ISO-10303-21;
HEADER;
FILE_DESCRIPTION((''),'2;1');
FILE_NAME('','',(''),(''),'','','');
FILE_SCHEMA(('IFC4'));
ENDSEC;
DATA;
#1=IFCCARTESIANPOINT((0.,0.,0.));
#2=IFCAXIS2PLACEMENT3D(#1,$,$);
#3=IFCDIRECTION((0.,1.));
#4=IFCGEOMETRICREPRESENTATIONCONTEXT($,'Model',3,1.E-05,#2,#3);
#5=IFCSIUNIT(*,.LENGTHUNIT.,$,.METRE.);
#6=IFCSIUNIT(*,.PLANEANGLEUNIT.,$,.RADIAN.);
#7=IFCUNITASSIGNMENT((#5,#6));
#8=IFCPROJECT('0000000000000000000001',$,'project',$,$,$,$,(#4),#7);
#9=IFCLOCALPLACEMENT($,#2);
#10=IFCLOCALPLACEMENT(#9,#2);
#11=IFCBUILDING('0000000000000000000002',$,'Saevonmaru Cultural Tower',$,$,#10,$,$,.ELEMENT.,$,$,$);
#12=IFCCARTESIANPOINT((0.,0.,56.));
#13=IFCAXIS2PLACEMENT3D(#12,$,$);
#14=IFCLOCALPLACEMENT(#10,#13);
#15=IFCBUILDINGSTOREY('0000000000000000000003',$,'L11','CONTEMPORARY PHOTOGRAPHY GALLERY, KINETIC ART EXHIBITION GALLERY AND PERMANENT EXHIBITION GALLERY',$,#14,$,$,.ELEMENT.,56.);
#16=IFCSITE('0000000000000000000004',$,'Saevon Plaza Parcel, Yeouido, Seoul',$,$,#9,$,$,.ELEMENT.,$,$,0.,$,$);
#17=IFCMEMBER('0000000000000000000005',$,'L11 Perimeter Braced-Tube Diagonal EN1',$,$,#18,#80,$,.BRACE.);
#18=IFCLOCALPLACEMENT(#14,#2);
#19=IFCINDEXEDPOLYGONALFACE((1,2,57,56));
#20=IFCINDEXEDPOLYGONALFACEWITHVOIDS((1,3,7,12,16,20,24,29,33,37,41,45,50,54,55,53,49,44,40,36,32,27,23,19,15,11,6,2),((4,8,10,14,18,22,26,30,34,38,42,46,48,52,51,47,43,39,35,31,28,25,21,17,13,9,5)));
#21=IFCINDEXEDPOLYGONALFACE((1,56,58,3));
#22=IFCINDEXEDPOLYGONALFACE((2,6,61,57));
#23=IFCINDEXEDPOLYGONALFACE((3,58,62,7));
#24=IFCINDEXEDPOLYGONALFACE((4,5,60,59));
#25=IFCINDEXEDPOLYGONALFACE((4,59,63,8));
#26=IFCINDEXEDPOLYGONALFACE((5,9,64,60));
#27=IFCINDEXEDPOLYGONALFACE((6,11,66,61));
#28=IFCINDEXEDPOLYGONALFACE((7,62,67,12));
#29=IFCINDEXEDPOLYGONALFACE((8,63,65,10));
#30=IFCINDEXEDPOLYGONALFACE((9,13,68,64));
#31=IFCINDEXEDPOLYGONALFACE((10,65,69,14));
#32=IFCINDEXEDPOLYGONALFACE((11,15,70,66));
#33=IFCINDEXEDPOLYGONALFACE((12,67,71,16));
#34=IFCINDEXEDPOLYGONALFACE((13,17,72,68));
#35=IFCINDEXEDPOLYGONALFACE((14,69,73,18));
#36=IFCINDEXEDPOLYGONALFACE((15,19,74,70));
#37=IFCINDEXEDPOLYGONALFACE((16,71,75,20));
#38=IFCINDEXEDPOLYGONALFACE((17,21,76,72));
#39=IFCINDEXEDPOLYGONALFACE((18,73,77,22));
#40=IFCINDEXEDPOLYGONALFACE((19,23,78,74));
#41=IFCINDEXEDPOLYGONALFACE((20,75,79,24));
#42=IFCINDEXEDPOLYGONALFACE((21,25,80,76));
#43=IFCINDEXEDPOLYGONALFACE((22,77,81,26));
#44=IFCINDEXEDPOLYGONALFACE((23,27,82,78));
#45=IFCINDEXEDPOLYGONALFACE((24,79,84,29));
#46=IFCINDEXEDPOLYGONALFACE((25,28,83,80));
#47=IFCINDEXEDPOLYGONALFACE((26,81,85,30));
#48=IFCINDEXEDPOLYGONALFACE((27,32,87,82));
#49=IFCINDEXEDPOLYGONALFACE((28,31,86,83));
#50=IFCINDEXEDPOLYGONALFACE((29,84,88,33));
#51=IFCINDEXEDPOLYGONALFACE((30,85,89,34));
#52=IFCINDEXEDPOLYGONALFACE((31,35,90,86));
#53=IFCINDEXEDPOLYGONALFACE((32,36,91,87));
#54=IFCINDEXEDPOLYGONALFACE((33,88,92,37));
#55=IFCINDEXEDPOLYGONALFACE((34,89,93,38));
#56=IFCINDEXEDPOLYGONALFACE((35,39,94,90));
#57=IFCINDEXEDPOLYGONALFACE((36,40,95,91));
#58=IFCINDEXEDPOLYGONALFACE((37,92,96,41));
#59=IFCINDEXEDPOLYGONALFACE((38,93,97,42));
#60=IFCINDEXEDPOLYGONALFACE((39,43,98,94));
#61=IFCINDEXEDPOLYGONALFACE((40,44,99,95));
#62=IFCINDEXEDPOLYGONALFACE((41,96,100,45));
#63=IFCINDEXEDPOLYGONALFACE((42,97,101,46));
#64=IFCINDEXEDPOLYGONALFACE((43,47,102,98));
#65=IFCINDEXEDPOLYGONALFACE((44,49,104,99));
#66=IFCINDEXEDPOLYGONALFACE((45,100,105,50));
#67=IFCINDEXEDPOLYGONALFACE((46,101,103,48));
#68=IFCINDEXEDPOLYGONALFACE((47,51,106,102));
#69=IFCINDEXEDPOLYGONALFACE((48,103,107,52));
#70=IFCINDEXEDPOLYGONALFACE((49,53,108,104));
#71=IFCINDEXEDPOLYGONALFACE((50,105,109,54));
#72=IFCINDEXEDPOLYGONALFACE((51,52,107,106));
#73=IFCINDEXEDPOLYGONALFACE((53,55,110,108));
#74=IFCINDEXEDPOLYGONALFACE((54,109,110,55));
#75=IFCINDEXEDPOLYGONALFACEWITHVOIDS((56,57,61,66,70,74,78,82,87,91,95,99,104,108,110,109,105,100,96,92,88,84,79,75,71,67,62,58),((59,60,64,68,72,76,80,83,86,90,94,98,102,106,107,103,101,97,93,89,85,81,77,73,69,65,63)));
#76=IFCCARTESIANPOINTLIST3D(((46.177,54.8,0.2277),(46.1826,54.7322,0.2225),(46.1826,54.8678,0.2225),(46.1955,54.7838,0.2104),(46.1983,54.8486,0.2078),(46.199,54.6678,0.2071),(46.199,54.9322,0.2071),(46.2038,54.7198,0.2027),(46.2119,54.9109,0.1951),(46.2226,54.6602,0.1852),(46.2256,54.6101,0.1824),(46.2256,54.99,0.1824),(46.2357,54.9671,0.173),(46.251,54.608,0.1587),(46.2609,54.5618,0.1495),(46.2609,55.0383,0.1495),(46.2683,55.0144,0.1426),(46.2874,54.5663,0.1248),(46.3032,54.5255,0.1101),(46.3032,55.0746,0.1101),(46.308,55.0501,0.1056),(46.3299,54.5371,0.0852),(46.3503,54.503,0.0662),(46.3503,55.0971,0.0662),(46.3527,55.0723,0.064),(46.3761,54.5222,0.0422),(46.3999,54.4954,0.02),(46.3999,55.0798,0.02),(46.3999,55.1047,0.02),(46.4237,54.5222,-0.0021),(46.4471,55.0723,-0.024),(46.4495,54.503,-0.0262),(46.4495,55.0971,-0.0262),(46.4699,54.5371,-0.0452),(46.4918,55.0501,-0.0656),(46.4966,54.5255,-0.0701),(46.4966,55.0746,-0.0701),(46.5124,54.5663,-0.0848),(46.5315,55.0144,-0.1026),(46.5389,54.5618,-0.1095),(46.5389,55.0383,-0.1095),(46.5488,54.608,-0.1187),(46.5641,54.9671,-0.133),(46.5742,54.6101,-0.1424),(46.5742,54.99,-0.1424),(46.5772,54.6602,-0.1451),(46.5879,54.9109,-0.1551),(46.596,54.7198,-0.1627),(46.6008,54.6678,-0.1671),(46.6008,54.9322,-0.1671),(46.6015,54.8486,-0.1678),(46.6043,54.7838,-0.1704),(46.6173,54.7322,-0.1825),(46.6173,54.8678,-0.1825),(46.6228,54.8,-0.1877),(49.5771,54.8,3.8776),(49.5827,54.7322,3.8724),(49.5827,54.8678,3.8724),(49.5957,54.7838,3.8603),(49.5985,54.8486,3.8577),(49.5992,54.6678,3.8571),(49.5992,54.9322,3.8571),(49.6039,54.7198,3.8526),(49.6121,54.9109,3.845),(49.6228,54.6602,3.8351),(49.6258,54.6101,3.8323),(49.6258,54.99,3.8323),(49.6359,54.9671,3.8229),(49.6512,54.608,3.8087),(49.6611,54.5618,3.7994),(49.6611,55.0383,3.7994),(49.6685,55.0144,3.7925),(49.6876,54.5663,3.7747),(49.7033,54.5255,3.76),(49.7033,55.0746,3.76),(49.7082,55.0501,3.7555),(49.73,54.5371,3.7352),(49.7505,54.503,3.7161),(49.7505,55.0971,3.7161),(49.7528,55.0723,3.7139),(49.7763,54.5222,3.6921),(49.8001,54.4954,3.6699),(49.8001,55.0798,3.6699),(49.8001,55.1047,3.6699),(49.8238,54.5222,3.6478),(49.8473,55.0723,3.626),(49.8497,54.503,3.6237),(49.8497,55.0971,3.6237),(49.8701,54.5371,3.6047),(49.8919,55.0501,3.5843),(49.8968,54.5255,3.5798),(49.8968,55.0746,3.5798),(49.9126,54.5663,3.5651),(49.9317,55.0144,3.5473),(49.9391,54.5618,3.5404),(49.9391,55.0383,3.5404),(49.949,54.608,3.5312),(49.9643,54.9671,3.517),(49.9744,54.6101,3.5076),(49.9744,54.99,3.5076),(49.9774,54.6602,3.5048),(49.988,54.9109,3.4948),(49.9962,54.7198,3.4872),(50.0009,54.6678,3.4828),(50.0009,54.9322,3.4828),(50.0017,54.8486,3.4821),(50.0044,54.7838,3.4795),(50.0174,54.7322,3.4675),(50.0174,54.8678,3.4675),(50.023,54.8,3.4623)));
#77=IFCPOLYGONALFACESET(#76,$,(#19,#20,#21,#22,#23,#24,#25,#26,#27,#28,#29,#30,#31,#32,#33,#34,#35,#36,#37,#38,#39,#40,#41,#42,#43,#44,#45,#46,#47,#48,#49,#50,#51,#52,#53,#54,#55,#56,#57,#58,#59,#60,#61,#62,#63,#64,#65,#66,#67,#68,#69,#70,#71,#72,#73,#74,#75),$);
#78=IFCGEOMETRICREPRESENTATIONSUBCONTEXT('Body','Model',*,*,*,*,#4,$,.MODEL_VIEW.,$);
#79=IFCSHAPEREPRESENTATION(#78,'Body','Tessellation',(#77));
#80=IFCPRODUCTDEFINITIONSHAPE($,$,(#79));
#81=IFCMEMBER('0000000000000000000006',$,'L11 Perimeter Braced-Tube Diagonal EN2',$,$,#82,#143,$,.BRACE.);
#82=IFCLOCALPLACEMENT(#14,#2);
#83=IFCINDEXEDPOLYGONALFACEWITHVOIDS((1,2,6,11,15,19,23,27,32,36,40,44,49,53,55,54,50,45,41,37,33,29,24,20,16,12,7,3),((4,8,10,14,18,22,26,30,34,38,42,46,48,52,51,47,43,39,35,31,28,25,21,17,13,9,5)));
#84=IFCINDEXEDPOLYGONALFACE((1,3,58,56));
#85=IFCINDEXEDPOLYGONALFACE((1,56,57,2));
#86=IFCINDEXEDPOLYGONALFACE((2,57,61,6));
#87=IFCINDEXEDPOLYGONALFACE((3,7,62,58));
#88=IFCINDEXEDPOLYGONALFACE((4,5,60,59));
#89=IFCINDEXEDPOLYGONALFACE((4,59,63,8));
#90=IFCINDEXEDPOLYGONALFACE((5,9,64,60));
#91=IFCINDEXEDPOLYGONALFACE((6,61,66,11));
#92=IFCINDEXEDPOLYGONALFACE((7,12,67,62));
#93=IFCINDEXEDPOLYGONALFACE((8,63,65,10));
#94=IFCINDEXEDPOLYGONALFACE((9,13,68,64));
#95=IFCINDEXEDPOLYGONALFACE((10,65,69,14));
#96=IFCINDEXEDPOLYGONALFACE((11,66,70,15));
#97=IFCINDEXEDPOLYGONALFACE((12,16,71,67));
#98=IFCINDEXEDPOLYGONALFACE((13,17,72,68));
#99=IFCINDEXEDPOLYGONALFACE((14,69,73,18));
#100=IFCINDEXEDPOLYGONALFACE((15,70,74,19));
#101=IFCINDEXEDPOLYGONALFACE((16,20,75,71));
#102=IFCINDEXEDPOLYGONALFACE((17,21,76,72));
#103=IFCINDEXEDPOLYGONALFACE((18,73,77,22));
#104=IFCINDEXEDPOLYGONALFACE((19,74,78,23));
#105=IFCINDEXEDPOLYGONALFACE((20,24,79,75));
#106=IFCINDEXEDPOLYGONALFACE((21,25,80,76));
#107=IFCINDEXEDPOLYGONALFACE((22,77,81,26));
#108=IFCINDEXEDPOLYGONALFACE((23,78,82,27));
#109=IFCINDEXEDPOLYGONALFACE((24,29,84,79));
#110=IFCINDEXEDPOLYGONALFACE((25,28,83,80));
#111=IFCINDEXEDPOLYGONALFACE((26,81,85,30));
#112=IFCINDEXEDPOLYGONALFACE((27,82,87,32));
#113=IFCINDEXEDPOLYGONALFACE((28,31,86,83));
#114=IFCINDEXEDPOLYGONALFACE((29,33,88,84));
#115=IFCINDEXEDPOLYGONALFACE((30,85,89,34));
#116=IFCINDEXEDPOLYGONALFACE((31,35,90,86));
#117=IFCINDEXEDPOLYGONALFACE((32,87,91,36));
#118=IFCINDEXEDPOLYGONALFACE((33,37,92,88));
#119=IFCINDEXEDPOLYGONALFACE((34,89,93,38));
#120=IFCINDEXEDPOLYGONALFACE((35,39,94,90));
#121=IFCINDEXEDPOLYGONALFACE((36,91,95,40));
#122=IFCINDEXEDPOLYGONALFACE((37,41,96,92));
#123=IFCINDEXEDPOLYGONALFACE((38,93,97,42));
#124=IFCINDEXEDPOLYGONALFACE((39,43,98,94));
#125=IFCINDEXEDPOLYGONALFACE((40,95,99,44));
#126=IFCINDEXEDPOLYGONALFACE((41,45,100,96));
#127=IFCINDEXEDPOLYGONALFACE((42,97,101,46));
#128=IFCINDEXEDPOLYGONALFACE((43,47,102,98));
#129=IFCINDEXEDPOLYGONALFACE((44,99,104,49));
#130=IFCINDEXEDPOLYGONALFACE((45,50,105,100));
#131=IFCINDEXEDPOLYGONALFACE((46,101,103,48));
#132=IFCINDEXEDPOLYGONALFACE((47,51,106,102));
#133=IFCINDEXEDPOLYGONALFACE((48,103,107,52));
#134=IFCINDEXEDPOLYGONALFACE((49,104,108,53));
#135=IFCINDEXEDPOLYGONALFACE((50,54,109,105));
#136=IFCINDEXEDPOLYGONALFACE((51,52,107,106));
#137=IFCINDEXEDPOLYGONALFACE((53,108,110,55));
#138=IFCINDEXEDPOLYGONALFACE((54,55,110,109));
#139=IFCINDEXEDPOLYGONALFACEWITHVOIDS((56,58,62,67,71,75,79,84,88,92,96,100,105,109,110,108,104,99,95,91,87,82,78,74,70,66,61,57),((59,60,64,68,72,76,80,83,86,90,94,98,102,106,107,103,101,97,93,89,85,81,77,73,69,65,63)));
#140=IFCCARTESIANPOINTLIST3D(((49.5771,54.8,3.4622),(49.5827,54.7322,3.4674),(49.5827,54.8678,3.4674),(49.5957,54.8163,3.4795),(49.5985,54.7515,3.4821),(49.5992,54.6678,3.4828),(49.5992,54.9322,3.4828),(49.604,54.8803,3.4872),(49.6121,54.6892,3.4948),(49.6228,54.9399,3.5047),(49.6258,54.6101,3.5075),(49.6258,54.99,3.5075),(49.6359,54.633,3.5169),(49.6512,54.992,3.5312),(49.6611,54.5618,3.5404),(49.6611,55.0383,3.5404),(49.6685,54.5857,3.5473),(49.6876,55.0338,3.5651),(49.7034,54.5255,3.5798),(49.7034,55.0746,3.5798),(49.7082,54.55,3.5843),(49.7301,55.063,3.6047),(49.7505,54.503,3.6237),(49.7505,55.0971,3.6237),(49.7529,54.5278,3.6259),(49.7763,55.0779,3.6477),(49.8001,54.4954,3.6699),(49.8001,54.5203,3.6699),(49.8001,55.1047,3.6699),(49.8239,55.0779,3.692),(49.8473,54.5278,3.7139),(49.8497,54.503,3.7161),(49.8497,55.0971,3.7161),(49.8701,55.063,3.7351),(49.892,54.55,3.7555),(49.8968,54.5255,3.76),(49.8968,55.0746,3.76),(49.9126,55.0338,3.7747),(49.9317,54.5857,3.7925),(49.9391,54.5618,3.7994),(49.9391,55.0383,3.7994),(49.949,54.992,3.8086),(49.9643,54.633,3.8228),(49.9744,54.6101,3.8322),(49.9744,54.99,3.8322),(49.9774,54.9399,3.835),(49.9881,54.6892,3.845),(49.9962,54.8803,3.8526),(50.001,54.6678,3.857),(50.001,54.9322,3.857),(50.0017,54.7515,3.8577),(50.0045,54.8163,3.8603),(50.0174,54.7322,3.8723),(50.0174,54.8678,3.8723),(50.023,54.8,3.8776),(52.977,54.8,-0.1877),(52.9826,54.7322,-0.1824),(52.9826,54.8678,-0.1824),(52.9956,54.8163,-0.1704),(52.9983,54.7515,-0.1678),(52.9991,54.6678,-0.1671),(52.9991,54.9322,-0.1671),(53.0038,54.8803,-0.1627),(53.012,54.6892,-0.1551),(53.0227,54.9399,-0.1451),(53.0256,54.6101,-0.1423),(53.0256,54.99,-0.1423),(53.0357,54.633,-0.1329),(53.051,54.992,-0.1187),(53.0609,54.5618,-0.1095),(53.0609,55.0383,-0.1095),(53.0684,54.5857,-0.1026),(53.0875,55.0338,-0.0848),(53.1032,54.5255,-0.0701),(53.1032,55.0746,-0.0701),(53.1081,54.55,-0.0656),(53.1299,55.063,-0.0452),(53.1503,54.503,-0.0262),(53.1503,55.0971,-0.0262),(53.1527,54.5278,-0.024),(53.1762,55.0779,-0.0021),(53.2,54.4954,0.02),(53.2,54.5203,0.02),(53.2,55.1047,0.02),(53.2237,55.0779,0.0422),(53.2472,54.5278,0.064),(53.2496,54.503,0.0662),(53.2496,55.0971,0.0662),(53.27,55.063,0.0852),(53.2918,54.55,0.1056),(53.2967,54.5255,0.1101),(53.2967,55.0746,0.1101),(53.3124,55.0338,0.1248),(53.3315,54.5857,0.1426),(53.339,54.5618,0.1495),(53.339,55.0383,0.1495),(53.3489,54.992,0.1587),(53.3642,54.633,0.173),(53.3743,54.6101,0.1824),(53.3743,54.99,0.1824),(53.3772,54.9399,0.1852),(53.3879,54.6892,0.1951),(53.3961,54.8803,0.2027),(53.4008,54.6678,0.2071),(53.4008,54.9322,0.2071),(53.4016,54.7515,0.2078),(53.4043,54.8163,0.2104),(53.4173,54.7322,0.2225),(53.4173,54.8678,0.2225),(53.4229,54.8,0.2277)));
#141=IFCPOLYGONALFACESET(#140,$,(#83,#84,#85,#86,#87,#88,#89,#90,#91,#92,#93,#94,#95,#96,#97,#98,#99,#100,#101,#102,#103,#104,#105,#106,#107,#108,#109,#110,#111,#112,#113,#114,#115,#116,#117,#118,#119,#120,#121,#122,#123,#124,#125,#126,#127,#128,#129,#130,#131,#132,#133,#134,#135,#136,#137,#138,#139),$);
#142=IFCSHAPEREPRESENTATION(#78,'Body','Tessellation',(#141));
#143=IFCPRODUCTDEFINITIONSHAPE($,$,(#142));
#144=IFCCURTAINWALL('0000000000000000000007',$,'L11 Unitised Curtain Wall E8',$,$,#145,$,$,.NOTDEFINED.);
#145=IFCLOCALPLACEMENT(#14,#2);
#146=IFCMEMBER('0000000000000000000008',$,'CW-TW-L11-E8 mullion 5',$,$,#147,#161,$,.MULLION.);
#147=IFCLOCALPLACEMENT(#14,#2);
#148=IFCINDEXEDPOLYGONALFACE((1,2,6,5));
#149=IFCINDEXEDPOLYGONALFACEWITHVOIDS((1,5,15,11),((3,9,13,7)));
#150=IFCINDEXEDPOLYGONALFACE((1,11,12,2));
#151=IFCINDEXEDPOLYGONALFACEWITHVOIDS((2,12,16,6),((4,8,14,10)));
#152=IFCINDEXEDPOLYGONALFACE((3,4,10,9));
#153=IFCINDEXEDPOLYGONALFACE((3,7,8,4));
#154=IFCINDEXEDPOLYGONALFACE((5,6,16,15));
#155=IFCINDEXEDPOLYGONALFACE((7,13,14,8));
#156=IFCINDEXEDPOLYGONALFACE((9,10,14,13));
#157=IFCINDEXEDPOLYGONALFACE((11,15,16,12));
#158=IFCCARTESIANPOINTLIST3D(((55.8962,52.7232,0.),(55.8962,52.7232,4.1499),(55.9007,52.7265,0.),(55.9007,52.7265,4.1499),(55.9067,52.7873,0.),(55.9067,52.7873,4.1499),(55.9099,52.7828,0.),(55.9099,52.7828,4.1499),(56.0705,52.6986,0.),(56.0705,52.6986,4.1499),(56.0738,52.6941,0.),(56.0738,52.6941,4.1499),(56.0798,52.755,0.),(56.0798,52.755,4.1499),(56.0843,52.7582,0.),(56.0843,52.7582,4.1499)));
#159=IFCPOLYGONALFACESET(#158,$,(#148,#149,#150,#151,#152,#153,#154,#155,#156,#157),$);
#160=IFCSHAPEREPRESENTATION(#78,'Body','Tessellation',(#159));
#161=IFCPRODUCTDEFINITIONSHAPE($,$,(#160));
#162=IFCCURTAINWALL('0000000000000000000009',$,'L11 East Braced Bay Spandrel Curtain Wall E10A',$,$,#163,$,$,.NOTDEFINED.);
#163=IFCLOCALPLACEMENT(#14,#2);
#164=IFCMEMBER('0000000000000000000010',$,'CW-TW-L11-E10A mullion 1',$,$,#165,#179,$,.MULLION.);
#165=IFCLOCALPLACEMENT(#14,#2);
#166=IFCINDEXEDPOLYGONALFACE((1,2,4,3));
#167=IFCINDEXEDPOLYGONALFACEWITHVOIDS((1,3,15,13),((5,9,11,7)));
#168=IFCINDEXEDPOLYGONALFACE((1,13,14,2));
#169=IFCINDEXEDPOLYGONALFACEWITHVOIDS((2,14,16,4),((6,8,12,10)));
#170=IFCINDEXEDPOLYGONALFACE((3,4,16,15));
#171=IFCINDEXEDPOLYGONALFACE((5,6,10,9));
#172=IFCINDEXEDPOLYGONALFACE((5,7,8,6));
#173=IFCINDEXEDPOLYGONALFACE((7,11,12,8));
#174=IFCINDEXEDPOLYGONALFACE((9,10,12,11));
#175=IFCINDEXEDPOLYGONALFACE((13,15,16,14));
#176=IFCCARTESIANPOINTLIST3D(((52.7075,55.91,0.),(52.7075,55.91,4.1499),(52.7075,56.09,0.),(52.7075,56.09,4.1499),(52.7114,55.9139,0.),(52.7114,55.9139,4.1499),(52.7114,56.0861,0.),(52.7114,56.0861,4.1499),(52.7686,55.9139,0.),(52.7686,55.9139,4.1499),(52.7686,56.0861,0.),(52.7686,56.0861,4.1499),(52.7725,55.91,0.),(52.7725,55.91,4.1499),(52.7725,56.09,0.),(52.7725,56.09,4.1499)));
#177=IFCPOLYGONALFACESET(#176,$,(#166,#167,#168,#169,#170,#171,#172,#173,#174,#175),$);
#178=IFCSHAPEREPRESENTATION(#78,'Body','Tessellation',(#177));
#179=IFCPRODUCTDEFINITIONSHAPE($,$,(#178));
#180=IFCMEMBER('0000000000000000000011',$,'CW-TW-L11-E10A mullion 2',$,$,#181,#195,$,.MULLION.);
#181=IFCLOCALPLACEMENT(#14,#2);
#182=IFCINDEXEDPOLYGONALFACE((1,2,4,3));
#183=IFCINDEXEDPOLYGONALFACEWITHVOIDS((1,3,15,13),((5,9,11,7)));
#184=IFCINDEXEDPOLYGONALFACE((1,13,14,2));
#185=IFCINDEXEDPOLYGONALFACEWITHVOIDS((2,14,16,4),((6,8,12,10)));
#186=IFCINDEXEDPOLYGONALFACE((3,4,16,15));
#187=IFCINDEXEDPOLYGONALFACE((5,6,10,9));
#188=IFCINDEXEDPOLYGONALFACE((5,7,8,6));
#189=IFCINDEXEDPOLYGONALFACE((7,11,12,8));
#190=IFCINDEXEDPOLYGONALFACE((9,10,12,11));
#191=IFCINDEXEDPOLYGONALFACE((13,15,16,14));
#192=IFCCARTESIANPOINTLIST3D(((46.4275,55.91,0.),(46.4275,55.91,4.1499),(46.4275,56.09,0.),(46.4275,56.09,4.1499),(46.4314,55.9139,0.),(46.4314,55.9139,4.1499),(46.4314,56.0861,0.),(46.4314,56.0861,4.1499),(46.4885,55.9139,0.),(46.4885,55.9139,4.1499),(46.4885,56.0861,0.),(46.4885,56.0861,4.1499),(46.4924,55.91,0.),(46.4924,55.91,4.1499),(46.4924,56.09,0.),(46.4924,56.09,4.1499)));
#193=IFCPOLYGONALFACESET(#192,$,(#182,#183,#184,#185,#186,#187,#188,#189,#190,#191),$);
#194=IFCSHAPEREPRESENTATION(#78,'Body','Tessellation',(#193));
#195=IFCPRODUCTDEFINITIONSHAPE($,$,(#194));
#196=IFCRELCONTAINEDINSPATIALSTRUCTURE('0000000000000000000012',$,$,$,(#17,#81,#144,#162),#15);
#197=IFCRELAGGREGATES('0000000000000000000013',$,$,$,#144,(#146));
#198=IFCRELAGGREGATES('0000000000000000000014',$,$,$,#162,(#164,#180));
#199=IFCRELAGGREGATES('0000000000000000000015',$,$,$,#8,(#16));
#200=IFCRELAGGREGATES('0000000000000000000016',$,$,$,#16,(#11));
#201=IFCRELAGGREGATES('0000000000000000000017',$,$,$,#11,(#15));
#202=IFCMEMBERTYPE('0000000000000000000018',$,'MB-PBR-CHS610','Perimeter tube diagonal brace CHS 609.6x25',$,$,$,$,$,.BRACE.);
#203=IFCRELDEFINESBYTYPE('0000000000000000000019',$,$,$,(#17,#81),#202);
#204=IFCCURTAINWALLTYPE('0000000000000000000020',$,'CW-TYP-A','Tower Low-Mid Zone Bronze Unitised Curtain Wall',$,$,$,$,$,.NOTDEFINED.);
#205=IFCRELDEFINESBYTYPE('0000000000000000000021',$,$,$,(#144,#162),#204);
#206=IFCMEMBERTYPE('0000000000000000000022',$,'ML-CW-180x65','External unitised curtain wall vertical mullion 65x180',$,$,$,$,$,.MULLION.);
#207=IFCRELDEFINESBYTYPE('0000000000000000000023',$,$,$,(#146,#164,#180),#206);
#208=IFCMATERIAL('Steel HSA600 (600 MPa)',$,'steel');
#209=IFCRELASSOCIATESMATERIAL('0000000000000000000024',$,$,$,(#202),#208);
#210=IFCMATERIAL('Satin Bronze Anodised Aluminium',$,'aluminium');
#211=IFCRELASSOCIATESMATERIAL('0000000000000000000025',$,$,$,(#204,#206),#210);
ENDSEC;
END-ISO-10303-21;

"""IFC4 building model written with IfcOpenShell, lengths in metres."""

from ifc_helpers import new_model, si_unit, direction, frame, origin, origin_2d, place, context, subcontext, project, spatial, hollow_rectangle, hollow_circle, extrude, material, material_profile, profile_set, type_object, element, aggregate, save


model = new_model("IFC4")

# Units and contexts
model_context = context("Model", 3, precision=1e-05, world=origin(), true_north=direction((0.0, 1.0)))
body_context = subcontext(model_context, "Body", "Model", "MODEL_VIEW")
ifc_project = project(units=[si_unit("LENGTHUNIT", "METRE"), si_unit("PLANEANGLEUNIT", "RADIAN")], contexts=[model_context])

# Site, building, storey
site_placement = place(None, origin())
site = spatial("IfcSite", under=ifc_project, at=site_placement, Name="Saevon Plaza Parcel, Yeouido, Seoul", CompositionType="ELEMENT", RefElevation=0.0)
building_placement = place(site_placement, origin())
building = spatial("IfcBuilding", under=site, at=building_placement, Name="Saevonmaru Cultural Tower", CompositionType="ELEMENT")
storey_placement = place(building_placement, frame((0.0, 0.0, 56.0)))
storey = spatial("IfcBuildingStorey", under=building, at=storey_placement, Name="L11", Description="CONTEMPORARY PHOTOGRAPHY GALLERY, KINETIC ART EXHIBITION GALLERY AND PERMANENT EXHIBITION GALLERY", CompositionType="ELEMENT", Elevation=56.0)

# Shared definitions
ifc_material_1 = material(Name="Steel HSA600 (600 MPa)", Category="steel")

# Members
ifc_material_profile_1 = material_profile(ifc_material_1, hollow_circle(Radius=0.3047, WallThickness=0.0249, at=origin_2d()), Name="CHS-609.6x25")
ifc_profile_set_1 = profile_set([ifc_material_profile_1], Name="Steel HSA600 (600 MPa)")
member_type_1 = type_object("IfcMemberType", Name="MB-PBR-CHS610", Description="Perimeter tube diagonal brace CHS 609.6x25", PredefinedType="BRACE", material=ifc_profile_set_1)
member_1_placement = place(storey_placement, frame((46.3999, 54.8, 0.02), z_axis=(0.681629, 0.0, 0.731698), x_axis=(0.0, 1.0, 0.0)))
element("IfcMember", 1, at=member_1_placement, inside=storey, type_object=member_type_1, Name="L11 Perimeter Braced-Tube Diagonal EN1", PredefinedType="BRACE", context=body_context, shape_type="SweptSolid", body=[
    extrude(hollow_circle(Radius=0.3047, WallThickness=0.0249, at=origin_2d()), origin(), (0.0, 0.0, 1.0), 4.9883),
])
member_2_placement = place(storey_placement, frame((53.2, 54.8, 0.02), z_axis=(-0.681603, 0.0, 0.731722), x_axis=(0.0, -1.0, 0.0)))
element("IfcMember", 2, at=member_2_placement, inside=storey, type_object=member_type_1, Name="L11 Perimeter Braced-Tube Diagonal EN2", PredefinedType="BRACE", context=body_context, shape_type="SweptSolid", body=[
    extrude(hollow_circle(Radius=0.3047, WallThickness=0.0249, at=origin_2d()), origin(), (0.0, 0.0, 1.0), 4.988),
])

# Curtain wall, member
ifc_material_2 = material(Name="Satin Bronze Anodised Aluminium", Category="aluminium")
curtain_wall_type = type_object("IfcCurtainWallType", Name="CW-TYP-A", Description="Tower Low-Mid Zone Bronze Unitised Curtain Wall", PredefinedType="NOTDEFINED", material=ifc_material_2)
curtain_wall_1_placement = place(storey_placement, origin())
curtain_wall_1 = element("IfcCurtainWall", 3, at=curtain_wall_1_placement, inside=storey, type_object=curtain_wall_type, Name="L11 Unitised Curtain Wall E8", PredefinedType="NOTDEFINED")
ifc_material_profile_2 = material_profile(ifc_material_2, hollow_rectangle(XDim=0.0649, YDim=0.1799, WallThickness=0.0039, at=origin_2d()), Name="ALU-MULL-180x65x4")
ifc_profile_set_2 = profile_set([ifc_material_profile_2], Name="Satin Bronze Anodised Aluminium")
member_type_2 = type_object("IfcMemberType", Name="ML-CW-180x65", Description="External unitised curtain wall vertical mullion 65x180", PredefinedType="MULLION", material=ifc_profile_set_2)
member_3_placement = place(storey_placement, frame((55.9902, 52.7407, 0.0), z_axis=(0.0, 0.0, 1.0), x_axis=(0.161709, 0.986839, 0.0)))
member_3 = element("IfcMember", 4, at=member_3_placement, type_object=member_type_2, Name="CW-TW-L11-E8 mullion 5", PredefinedType="MULLION", context=body_context, shape_type="SweptSolid", body=[
    extrude(hollow_rectangle(XDim=0.0649, YDim=0.1799, WallThickness=0.0039, at=origin_2d()), origin(), (0.0, 0.0, 1.0), 4.1499),
])

# Curtain wall, members
curtain_wall_2_placement = place(storey_placement, origin())
curtain_wall_2 = element("IfcCurtainWall", 5, at=curtain_wall_2_placement, inside=storey, type_object=curtain_wall_type, Name="L11 East Braced Bay Spandrel Curtain Wall E10A", PredefinedType="NOTDEFINED")
member_4_placement = place(storey_placement, frame((52.74, 56.0, 0.0), z_axis=(0.0, 0.0, 1.0), x_axis=(-1.0, 0.0, 0.0)))
member_4 = element("IfcMember", 6, at=member_4_placement, type_object=member_type_2, Name="CW-TW-L11-E10A mullion 1", PredefinedType="MULLION", context=body_context, shape_type="SweptSolid", body=[
    extrude(hollow_rectangle(XDim=0.0649, YDim=0.1799, WallThickness=0.0039, at=origin_2d()), origin(), (0.0, 0.0, 1.0), 4.1499),
])
member_5_placement = place(storey_placement, frame((46.46, 56.0, 0.0), z_axis=(0.0, 0.0, 1.0), x_axis=(-1.0, 0.0, 0.0)))
member_5 = element("IfcMember", 7, at=member_5_placement, type_object=member_type_2, Name="CW-TW-L11-E10A mullion 2", PredefinedType="MULLION", context=body_context, shape_type="SweptSolid", body=[
    extrude(hollow_rectangle(XDim=0.0649, YDim=0.1799, WallThickness=0.0039, at=origin_2d()), origin(), (0.0, 0.0, 1.0), 4.1499),
])

aggregate(curtain_wall_1, [member_3])
aggregate(curtain_wall_2, [member_4, member_5])

save(model, "model.ifc")
